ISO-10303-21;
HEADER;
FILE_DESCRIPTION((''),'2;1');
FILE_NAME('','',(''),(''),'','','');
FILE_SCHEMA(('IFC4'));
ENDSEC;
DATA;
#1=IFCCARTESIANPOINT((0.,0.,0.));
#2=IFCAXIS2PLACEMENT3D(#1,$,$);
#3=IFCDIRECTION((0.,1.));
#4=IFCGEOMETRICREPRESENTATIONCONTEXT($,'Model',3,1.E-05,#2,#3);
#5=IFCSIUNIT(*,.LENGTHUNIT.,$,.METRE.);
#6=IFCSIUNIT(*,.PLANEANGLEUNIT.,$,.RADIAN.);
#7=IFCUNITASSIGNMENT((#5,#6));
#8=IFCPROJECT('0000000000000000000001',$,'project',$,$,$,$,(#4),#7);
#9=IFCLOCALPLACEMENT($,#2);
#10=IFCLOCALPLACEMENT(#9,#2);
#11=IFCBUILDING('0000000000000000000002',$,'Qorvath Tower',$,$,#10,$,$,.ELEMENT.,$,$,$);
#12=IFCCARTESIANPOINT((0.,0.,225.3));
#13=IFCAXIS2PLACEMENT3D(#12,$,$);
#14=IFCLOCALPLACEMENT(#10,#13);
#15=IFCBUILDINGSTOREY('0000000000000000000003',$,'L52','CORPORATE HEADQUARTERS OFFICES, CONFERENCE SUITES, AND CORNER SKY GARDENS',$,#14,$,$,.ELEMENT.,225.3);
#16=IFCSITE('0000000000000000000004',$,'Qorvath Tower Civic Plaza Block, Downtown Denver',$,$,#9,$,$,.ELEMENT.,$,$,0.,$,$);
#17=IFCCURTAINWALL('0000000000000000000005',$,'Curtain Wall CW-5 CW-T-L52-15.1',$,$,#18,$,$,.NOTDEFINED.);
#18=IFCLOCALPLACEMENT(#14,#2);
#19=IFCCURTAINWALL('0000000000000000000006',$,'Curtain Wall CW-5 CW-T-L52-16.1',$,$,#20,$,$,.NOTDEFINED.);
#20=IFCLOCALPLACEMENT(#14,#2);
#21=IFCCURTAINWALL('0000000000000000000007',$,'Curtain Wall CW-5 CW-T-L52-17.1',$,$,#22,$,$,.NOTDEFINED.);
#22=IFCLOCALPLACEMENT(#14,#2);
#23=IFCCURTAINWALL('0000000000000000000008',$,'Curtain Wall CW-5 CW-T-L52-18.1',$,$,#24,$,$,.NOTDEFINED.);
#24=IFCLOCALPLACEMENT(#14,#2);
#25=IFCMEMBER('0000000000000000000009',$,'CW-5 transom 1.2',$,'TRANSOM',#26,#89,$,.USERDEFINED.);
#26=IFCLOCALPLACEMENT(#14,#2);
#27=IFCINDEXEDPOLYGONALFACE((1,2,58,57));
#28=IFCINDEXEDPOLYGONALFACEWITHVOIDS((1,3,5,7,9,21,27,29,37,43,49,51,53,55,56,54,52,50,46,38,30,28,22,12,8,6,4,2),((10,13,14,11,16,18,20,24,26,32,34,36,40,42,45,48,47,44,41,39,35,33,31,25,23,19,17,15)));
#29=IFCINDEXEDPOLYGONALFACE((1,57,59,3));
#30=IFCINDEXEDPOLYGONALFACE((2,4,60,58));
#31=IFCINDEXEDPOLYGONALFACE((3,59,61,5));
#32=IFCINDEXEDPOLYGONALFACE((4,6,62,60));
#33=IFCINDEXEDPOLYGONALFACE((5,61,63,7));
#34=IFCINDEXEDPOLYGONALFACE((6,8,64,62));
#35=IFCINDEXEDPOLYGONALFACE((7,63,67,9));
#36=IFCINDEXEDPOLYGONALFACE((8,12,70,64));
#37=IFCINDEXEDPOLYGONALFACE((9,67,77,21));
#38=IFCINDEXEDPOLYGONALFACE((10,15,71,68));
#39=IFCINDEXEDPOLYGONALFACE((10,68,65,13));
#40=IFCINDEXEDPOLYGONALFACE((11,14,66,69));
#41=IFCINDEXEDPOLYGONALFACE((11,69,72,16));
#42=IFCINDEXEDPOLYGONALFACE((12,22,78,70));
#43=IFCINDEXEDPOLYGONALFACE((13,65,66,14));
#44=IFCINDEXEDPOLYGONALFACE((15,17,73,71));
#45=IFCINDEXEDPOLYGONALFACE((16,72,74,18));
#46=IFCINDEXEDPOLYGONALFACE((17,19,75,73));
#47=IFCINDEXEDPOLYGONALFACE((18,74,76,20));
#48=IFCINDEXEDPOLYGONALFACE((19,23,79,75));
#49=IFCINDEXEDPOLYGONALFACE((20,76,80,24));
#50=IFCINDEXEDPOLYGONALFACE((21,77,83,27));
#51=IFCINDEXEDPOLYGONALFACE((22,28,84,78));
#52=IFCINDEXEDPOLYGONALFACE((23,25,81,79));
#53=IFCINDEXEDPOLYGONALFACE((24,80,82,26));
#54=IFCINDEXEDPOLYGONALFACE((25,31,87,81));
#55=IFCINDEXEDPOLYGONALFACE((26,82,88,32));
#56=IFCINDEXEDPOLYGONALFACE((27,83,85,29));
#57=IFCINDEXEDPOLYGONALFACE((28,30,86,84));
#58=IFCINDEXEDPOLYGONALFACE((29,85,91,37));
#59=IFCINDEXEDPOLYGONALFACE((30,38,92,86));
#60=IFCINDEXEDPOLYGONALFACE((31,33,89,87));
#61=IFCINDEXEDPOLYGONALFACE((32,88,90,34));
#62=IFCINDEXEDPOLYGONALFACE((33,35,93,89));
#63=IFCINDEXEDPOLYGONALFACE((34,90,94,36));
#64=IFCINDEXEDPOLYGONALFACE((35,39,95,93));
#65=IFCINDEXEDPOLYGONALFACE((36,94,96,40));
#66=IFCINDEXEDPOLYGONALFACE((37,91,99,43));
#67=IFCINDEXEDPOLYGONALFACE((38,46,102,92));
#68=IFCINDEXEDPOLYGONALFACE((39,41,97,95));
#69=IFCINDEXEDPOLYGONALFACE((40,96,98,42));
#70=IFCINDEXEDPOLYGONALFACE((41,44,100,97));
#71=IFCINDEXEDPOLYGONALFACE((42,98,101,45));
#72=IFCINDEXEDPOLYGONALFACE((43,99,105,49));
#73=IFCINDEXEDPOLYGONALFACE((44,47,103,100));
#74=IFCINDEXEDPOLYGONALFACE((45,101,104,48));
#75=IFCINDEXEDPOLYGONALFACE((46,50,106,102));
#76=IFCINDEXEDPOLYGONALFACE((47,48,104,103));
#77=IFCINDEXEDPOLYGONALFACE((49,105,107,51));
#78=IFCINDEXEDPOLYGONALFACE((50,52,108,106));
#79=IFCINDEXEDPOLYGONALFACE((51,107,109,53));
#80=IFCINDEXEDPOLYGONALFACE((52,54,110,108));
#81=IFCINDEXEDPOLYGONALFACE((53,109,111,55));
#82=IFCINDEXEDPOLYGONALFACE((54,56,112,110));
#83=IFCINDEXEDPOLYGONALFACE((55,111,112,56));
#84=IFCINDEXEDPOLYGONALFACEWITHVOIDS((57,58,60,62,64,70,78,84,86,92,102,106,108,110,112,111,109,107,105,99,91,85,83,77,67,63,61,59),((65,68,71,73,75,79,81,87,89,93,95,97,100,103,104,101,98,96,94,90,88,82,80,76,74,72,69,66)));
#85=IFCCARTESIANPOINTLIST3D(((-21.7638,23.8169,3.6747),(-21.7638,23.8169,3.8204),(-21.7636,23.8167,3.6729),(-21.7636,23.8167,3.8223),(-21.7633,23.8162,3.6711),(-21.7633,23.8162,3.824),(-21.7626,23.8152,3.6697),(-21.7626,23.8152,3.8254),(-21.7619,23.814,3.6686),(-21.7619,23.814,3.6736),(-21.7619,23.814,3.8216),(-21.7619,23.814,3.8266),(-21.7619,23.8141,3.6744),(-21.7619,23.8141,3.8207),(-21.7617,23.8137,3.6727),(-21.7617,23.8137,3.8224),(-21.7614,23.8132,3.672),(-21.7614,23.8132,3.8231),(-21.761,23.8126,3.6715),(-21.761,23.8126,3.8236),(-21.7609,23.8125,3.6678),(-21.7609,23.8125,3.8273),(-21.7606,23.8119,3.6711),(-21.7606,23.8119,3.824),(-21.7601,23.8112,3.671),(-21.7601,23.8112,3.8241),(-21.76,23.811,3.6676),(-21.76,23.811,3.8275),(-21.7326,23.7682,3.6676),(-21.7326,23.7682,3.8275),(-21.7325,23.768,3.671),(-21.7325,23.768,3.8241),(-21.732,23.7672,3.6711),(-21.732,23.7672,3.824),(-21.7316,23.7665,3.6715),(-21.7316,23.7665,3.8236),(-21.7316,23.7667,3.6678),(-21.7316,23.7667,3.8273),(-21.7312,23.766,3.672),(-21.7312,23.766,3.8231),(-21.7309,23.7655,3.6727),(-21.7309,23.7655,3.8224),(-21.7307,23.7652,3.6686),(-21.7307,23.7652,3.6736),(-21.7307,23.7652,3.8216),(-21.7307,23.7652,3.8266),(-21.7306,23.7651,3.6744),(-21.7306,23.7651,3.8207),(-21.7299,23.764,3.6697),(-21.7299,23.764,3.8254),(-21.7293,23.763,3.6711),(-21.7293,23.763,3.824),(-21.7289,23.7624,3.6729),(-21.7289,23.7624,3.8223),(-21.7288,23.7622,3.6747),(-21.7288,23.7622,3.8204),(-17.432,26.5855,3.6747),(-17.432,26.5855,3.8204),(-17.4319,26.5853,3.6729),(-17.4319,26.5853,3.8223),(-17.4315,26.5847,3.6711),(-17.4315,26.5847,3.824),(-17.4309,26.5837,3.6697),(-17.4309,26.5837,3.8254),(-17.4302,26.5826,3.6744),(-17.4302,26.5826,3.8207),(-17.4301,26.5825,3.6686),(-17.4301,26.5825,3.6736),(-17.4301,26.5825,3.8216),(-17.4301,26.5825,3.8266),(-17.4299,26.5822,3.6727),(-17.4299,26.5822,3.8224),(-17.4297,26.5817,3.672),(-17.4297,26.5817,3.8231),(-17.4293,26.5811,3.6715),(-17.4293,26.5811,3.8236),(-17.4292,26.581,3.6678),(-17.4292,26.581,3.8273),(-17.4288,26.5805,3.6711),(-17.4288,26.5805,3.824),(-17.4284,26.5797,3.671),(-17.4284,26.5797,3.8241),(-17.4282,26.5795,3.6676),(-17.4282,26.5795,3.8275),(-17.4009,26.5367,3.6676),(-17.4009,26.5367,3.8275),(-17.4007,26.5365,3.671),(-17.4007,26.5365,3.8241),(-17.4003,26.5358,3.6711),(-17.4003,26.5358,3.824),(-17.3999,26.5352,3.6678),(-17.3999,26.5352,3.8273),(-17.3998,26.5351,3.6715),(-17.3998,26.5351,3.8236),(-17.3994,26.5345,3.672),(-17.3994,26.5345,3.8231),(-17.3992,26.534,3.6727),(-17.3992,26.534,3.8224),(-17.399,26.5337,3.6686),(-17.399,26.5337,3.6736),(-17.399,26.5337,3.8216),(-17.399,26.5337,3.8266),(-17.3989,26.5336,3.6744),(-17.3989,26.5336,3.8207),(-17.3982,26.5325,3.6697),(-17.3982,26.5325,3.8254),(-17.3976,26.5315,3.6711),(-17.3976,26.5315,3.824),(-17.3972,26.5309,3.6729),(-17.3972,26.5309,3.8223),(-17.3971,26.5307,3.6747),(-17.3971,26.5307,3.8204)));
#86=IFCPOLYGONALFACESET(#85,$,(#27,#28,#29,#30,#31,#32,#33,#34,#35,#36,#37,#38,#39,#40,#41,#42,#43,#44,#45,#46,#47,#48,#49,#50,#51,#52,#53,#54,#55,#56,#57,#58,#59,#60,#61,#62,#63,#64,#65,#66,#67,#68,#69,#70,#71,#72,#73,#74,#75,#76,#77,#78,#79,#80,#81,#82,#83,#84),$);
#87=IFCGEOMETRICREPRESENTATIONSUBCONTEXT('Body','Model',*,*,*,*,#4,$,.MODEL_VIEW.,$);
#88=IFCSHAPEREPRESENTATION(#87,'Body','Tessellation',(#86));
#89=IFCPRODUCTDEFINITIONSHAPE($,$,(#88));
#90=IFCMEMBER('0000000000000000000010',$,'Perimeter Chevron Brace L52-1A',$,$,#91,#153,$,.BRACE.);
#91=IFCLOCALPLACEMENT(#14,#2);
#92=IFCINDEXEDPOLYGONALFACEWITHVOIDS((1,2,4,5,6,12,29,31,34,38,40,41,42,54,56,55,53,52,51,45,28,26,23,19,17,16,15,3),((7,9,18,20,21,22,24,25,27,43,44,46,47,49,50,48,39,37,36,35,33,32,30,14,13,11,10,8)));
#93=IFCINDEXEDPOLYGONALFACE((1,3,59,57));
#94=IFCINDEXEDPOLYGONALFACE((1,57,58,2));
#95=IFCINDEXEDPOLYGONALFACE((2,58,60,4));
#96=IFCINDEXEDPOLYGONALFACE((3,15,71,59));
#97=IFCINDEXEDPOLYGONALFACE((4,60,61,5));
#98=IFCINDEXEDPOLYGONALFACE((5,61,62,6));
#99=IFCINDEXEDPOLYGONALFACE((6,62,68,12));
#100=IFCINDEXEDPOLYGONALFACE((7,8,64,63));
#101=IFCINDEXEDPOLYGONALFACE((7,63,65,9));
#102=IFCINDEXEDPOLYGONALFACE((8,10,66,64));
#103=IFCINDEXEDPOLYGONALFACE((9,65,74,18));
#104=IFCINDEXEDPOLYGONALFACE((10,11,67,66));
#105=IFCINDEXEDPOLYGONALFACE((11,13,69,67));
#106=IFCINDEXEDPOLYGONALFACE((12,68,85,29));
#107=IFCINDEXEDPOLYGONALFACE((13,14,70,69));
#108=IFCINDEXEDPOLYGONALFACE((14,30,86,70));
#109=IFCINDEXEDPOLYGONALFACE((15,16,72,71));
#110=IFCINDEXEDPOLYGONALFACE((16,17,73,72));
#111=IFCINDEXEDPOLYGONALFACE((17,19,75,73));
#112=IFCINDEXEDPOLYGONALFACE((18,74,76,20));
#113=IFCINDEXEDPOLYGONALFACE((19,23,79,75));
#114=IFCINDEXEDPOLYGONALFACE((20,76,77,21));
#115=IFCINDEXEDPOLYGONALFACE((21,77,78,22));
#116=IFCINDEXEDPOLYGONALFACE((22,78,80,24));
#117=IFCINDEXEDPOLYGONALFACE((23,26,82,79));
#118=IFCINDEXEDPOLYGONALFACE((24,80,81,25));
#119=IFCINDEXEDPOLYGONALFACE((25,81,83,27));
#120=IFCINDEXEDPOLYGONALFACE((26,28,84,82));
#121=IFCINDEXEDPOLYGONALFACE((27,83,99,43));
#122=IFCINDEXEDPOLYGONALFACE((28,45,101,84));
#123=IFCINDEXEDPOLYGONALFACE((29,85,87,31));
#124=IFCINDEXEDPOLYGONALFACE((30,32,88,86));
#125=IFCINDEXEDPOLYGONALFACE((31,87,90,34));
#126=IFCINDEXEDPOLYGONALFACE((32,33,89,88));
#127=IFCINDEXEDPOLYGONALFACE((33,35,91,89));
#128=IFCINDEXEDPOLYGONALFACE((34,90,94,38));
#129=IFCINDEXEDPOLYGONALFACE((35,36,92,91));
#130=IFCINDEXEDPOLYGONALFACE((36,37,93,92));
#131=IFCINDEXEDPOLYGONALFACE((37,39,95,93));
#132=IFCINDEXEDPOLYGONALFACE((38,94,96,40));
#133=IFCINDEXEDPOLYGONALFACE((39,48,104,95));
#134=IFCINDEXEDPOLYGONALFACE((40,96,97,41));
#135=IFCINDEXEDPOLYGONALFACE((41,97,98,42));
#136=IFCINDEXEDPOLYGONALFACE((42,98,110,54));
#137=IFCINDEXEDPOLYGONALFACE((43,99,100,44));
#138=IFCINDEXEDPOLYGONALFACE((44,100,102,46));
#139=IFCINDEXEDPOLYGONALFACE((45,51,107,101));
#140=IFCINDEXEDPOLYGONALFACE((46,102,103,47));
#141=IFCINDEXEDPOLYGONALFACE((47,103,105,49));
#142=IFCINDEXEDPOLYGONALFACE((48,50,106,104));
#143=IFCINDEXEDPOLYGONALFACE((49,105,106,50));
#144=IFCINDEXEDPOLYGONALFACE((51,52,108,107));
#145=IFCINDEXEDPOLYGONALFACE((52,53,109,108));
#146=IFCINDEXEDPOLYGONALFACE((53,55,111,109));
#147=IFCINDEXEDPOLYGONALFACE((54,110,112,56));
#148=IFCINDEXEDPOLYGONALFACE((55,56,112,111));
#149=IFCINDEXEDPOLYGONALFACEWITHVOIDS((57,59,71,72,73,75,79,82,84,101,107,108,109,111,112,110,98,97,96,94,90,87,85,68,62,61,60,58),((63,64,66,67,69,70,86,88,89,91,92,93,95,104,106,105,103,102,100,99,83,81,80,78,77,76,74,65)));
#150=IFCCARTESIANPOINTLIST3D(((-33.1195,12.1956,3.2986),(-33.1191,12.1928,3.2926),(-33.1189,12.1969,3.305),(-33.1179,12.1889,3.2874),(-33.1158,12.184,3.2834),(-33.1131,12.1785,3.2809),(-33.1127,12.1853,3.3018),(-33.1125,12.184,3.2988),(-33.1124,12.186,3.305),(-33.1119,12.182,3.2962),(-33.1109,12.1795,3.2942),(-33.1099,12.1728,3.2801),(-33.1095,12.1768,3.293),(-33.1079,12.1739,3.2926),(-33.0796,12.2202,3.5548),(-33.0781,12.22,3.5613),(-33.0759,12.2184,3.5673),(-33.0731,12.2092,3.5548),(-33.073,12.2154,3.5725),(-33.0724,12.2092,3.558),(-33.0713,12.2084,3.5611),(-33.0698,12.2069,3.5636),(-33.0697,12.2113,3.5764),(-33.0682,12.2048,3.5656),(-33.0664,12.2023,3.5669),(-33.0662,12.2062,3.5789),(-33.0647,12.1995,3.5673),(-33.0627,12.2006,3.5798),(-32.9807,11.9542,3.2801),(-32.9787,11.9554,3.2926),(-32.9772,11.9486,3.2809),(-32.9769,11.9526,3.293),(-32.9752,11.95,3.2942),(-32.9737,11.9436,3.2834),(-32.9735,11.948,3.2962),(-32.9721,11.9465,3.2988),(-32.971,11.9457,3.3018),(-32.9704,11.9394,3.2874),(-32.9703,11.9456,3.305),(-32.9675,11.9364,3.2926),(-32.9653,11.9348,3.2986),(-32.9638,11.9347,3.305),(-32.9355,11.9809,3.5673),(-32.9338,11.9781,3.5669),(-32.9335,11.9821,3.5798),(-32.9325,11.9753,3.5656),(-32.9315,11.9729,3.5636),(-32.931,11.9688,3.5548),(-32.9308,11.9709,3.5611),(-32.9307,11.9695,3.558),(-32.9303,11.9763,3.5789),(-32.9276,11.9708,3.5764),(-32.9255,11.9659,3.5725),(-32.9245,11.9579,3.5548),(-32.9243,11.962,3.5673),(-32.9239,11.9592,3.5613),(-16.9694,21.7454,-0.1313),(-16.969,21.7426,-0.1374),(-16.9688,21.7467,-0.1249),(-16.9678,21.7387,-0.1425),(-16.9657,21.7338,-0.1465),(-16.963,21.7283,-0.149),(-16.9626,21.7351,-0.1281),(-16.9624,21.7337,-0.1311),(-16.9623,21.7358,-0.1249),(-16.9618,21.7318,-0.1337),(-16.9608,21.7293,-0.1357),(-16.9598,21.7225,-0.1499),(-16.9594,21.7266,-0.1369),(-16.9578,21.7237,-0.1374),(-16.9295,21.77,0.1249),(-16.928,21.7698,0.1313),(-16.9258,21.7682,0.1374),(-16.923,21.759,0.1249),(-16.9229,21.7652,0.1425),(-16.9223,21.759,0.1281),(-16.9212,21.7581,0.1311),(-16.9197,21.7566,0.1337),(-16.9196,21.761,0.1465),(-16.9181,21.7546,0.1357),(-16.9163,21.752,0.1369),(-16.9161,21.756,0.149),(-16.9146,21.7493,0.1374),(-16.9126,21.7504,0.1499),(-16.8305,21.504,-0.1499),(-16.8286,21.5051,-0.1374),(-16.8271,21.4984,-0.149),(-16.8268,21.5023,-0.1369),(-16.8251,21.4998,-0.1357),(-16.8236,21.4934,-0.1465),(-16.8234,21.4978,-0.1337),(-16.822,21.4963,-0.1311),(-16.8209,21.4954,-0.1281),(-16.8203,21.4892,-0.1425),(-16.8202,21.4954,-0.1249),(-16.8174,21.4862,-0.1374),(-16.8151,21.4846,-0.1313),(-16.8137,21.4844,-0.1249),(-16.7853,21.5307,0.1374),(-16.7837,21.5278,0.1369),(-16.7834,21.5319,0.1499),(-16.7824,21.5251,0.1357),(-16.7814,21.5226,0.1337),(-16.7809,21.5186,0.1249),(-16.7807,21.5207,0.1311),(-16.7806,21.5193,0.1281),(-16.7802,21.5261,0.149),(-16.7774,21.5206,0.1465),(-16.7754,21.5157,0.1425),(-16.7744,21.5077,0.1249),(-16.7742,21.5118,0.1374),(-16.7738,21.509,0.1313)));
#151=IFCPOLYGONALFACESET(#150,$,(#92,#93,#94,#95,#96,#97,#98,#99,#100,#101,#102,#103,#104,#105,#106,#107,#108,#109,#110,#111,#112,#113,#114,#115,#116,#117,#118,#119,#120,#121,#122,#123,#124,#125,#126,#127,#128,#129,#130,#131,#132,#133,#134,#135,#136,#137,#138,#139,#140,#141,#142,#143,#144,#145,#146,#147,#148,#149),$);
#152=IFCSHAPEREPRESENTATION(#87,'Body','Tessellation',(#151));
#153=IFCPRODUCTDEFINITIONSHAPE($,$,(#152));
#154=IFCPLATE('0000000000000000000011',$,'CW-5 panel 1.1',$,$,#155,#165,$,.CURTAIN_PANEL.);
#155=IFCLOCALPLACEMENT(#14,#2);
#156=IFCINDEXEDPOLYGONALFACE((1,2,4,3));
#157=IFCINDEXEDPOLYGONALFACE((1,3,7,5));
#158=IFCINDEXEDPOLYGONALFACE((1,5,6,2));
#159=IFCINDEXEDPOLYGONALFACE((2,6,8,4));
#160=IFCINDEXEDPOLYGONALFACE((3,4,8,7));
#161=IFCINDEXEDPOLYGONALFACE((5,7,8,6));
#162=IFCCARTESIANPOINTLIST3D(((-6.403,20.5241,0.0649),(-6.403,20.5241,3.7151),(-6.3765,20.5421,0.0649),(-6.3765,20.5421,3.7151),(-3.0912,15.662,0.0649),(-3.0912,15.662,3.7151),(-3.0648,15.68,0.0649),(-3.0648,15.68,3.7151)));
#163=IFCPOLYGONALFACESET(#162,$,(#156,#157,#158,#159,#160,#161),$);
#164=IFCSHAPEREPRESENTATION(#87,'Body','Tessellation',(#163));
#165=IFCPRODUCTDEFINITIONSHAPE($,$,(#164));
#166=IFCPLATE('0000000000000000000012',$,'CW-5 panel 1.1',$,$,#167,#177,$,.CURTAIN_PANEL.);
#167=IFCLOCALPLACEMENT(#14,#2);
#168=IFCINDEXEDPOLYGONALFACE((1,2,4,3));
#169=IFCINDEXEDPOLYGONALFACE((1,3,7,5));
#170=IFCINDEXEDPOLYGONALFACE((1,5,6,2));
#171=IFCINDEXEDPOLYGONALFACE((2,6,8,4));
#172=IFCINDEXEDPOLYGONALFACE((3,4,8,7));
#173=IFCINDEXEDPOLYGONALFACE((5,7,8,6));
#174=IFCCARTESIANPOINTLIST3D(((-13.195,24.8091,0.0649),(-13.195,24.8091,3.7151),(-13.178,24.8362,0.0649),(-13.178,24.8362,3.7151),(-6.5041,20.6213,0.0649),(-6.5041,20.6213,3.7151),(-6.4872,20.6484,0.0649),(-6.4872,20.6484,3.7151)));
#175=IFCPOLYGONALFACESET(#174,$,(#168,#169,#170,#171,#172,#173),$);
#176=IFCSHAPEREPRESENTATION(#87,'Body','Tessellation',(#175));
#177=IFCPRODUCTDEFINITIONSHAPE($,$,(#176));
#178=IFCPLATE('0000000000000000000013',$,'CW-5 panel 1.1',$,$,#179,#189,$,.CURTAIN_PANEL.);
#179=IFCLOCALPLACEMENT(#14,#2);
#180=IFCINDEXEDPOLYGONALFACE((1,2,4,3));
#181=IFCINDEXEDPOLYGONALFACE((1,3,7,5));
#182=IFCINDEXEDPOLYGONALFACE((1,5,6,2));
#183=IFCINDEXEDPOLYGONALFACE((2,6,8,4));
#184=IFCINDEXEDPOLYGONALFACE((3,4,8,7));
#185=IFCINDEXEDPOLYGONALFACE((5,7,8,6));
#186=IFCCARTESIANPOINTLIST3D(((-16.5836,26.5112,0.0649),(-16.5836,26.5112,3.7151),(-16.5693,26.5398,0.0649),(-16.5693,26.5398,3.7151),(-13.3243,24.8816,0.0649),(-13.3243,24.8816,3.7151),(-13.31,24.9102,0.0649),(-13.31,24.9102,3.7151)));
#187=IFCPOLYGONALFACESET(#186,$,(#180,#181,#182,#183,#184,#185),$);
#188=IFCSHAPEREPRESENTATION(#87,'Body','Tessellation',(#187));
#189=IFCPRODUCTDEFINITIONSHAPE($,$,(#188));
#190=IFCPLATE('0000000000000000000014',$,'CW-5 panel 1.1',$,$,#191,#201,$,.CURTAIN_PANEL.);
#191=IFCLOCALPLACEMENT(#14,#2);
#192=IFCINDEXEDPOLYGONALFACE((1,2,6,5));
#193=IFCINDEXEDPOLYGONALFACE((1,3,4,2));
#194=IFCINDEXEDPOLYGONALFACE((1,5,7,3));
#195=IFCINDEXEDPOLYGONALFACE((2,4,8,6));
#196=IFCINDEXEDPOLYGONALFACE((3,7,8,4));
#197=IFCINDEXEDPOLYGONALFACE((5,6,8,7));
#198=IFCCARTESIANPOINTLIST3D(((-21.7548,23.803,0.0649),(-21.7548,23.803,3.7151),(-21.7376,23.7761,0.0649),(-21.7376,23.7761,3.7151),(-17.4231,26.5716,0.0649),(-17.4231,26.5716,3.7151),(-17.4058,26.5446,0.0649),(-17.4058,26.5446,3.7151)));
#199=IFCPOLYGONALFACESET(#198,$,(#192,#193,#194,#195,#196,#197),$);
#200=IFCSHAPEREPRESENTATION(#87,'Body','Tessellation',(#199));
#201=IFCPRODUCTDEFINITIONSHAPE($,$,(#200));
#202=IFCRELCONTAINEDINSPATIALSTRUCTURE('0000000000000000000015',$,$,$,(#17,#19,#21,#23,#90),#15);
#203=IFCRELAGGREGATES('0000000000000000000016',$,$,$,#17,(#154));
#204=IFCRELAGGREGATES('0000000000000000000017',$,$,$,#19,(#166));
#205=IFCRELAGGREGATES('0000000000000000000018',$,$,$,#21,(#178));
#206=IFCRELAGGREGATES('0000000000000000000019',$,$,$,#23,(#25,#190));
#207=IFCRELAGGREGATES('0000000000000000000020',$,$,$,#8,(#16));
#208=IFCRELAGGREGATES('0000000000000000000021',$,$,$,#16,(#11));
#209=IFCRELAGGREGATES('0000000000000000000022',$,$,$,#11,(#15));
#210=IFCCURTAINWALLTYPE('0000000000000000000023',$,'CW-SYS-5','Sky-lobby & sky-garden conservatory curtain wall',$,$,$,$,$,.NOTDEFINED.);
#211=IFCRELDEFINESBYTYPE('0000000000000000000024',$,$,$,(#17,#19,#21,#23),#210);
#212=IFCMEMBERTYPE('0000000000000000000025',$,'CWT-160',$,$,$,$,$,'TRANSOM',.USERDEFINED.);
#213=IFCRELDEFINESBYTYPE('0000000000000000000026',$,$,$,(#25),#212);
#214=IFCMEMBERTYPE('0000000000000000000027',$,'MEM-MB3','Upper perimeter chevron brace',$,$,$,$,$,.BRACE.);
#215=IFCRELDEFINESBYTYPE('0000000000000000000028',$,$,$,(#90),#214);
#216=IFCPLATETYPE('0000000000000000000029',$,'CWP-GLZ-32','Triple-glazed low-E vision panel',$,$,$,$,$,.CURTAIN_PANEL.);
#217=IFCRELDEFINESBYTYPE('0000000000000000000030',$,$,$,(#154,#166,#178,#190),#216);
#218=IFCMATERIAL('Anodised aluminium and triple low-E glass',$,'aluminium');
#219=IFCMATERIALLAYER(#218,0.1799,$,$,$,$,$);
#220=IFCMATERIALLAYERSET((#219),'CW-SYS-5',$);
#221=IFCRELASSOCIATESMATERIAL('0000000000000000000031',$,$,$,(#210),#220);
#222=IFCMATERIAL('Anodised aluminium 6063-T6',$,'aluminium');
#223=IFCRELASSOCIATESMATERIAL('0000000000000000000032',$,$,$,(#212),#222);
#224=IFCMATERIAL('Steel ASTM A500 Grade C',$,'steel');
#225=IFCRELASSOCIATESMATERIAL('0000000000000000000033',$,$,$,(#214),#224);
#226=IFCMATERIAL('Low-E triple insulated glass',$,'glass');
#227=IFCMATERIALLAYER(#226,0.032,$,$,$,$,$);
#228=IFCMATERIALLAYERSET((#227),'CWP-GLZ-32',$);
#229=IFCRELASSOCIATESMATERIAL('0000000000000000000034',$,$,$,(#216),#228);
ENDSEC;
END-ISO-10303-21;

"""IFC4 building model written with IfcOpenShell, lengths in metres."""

from ifc_helpers import new_model, si_unit, direction, frame, origin, origin_2d, place, context, subcontext, project, spatial, rectangle, hollow_rectangle, extrude, material, layer, layer_set, material_profile, profile_set, type_object, element, aggregate, save


model = new_model("IFC4")

# Units and contexts
model_context = context("Model", 3, precision=1e-05, world=origin(), true_north=direction((0.0, 1.0)))
body_context = subcontext(model_context, "Body", "Model", "MODEL_VIEW")
ifc_project = project(units=[si_unit("LENGTHUNIT", "METRE"), si_unit("PLANEANGLEUNIT", "RADIAN")], contexts=[model_context])

# Site, building, storey
site_placement = place(None, origin())
site = spatial("IfcSite", under=ifc_project, at=site_placement, Name="Qorvath Tower Civic Plaza Block, Downtown Denver", CompositionType="ELEMENT", RefElevation=0.0)
building_placement = place(site_placement, origin())
building = spatial("IfcBuilding", under=site, at=building_placement, Name="Qorvath Tower", CompositionType="ELEMENT")
storey_placement = place(building_placement, frame((0.0, 0.0, 225.3)))
storey = spatial("IfcBuildingStorey", under=building, at=storey_placement, Name="L52", Description="CORPORATE HEADQUARTERS OFFICES, CONFERENCE SUITES, AND CORNER SKY GARDENS", CompositionType="ELEMENT", Elevation=225.3)

# Shared definitions
ifc_material_1 = material(Name="Anodised aluminium and triple low-E glass", Category="aluminium")
ifc_layer_1 = layer(ifc_material_1, 0.1799)
ifc_layer_set_1 = layer_set([ifc_layer_1], Name="CW-SYS-5")
curtain_wall_type = type_object("IfcCurtainWallType", Name="CW-SYS-5", Description="Sky-lobby & sky-garden conservatory curtain wall", PredefinedType="NOTDEFINED", material=ifc_layer_set_1)

# Curtain walls
curtain_wall_1_placement = place(storey_placement, origin())
curtain_wall_1 = element("IfcCurtainWall", 1, at=curtain_wall_1_placement, inside=storey, type_object=curtain_wall_type, Name="Curtain Wall CW-5 CW-T-L52-15.1", PredefinedType="NOTDEFINED")
curtain_wall_2_placement = place(storey_placement, origin())
curtain_wall_2 = element("IfcCurtainWall", 2, at=curtain_wall_2_placement, inside=storey, type_object=curtain_wall_type, Name="Curtain Wall CW-5 CW-T-L52-16.1", PredefinedType="NOTDEFINED")
curtain_wall_3_placement = place(storey_placement, origin())
curtain_wall_3 = element("IfcCurtainWall", 3, at=curtain_wall_3_placement, inside=storey, type_object=curtain_wall_type, Name="Curtain Wall CW-5 CW-T-L52-17.1", PredefinedType="NOTDEFINED")

# Curtain wall
curtain_wall_4_placement = place(storey_placement, origin())
curtain_wall_4 = element("IfcCurtainWall", 4, at=curtain_wall_4_placement, inside=storey, type_object=curtain_wall_type, Name="Curtain Wall CW-5 CW-T-L52-18.1", PredefinedType="NOTDEFINED")

# Members
ifc_material_2 = material(Name="Anodised aluminium 6063-T6", Category="aluminium")
ifc_material_profile_1 = material_profile(ifc_material_2, hollow_rectangle(XDim=0.0649, YDim=0.1599, WallThickness=0.0034, InnerFilletRadius=0.0034, OuterFilletRadius=0.0071, at=origin_2d()), Name="CWT 160x65")
ifc_profile_set_1 = profile_set([ifc_material_profile_1], Name="Anodised aluminium 6063-T6")
member_type_1 = type_object("IfcMemberType", Name="CWT-160", ElementType="TRANSOM", PredefinedType="USERDEFINED", material=ifc_profile_set_1)
member_1_placement = place(storey_placement, frame((-17.4146, 26.5581, 3.7476), z_axis=(-0.842606, -0.538531, 0.0), x_axis=(0.538531, -0.842606, 0.0)))
member_1 = element("IfcMember", 5, at=member_1_placement, type_object=member_type_1, Name="CW-5 transom 1.2", ObjectType="TRANSOM", PredefinedType="USERDEFINED", context=body_context, shape_type="SweptSolid", body=[
    extrude(hollow_rectangle(XDim=0.0649, YDim=0.1599, WallThickness=0.0034, InnerFilletRadius=0.0034, OuterFilletRadius=0.0071, at=origin_2d()), origin(), (0.0, 0.0, 1.0), 5.1409),
])
ifc_material_3 = material(Name="Steel ASTM A500 Grade C", Category="steel")
ifc_material_profile_2 = material_profile(ifc_material_3, hollow_rectangle(XDim=0.3047, YDim=0.3047, WallThickness=0.0127, InnerFilletRadius=0.0127, OuterFilletRadius=0.0254, at=origin_2d()), Name="HSS 305x305x12.7")
ifc_profile_set_2 = profile_set([ifc_material_profile_2], Name="Steel ASTM A500 Grade C")
member_type_2 = type_object("IfcMemberType", Name="MEM-MB3", Description="Upper perimeter chevron brace", PredefinedType="BRACE", material=ifc_profile_set_2)
member_2_placement = place(storey_placement, frame((-16.8716, 21.6272, 0.0), z_axis=(-0.846741, -0.50069, 0.179829), x_axis=(0.508988, -0.860774, 0.0)))
element("IfcMember", 6, at=member_2_placement, inside=storey, type_object=member_type_2, Name="Perimeter Chevron Brace L52-1A", PredefinedType="BRACE", context=body_context, shape_type="SweptSolid", body=[
    extrude(hollow_rectangle(XDim=0.3047, YDim=0.3047, WallThickness=0.0127, InnerFilletRadius=0.0127, OuterFilletRadius=0.0254, at=origin_2d()), origin(), (0.0, 0.0, 1.0), 19.0732),
])

# Plates
ifc_material_4 = material(Name="Low-E triple insulated glass", Category="glass")
ifc_layer_2 = layer(ifc_material_4, 0.032)
ifc_layer_set_2 = layer_set([ifc_layer_2], Name="CWP-GLZ-32")
plate_type_1 = type_object("IfcPlateType", Name="CWP-GLZ-32", Description="Triple-glazed low-E vision panel", PredefinedType="CURTAIN_PANEL", material=ifc_layer_set_2)
plate_1_placement = place(storey_placement, frame((-4.7339, 18.1021, 0.0649), z_axis=(0.0, 0.0, 1.0), x_axis=(-0.56295, 0.826491, 0.0)))
plate_1 = element("IfcPlate", 7, at=plate_1_placement, type_object=plate_type_1, Name="CW-5 panel 1.1", PredefinedType="CURTAIN_PANEL", context=body_context, shape_type="SweptSolid", body=[
    extrude(rectangle(XDim=5.8828, YDim=0.032, at=origin_2d()), origin(), (0.0, 0.0, 1.0), 3.6501),
])
aggregate(curtain_wall_1, [plate_1])
plate_2_placement = place(storey_placement, frame((-9.8411, 22.7288, 0.0649), z_axis=(0.0, 0.0, 1.0), x_axis=(-0.847657, 0.530545, 0.0)))
plate_2 = element("IfcPlate", 8, at=plate_2_placement, type_object=plate_type_1, Name="CW-5 panel 1.1", PredefinedType="CURTAIN_PANEL", context=body_context, shape_type="SweptSolid", body=[
    extrude(rectangle(XDim=7.8933, YDim=0.032, at=origin_2d()), origin(), (0.0, 0.0, 1.0), 3.6501),
])
aggregate(curtain_wall_2, [plate_2])
plate_3_placement = place(storey_placement, frame((-14.9468, 25.7107, 0.0649), z_axis=(0.0, 0.0, 1.0), x_axis=(-0.894427, 0.447214, 0.0)))
plate_3 = element("IfcPlate", 9, at=plate_3_placement, type_object=plate_type_1, Name="CW-5 panel 1.1", PredefinedType="CURTAIN_PANEL", context=body_context, shape_type="SweptSolid", body=[
    extrude(rectangle(XDim=3.644, YDim=0.032, at=origin_2d()), origin(), (0.0, 0.0, 1.0), 3.6501),
])
aggregate(curtain_wall_3, [plate_3])
plate_4_placement = place(storey_placement, frame((-19.5803, 25.1738, 0.0649), z_axis=(0.0, 0.0, 1.0), x_axis=(-0.842606, -0.538531, 0.0)))
plate_4 = element("IfcPlate", 10, at=plate_4_placement, type_object=plate_type_1, Name="CW-5 panel 1.1", PredefinedType="CURTAIN_PANEL", context=body_context, shape_type="SweptSolid", body=[
    extrude(rectangle(XDim=5.1409, YDim=0.032, at=origin_2d()), origin(), (0.0, 0.0, 1.0), 3.6501),
])
aggregate(curtain_wall_4, [member_1, plate_4])

save(model, "model.ifc")
